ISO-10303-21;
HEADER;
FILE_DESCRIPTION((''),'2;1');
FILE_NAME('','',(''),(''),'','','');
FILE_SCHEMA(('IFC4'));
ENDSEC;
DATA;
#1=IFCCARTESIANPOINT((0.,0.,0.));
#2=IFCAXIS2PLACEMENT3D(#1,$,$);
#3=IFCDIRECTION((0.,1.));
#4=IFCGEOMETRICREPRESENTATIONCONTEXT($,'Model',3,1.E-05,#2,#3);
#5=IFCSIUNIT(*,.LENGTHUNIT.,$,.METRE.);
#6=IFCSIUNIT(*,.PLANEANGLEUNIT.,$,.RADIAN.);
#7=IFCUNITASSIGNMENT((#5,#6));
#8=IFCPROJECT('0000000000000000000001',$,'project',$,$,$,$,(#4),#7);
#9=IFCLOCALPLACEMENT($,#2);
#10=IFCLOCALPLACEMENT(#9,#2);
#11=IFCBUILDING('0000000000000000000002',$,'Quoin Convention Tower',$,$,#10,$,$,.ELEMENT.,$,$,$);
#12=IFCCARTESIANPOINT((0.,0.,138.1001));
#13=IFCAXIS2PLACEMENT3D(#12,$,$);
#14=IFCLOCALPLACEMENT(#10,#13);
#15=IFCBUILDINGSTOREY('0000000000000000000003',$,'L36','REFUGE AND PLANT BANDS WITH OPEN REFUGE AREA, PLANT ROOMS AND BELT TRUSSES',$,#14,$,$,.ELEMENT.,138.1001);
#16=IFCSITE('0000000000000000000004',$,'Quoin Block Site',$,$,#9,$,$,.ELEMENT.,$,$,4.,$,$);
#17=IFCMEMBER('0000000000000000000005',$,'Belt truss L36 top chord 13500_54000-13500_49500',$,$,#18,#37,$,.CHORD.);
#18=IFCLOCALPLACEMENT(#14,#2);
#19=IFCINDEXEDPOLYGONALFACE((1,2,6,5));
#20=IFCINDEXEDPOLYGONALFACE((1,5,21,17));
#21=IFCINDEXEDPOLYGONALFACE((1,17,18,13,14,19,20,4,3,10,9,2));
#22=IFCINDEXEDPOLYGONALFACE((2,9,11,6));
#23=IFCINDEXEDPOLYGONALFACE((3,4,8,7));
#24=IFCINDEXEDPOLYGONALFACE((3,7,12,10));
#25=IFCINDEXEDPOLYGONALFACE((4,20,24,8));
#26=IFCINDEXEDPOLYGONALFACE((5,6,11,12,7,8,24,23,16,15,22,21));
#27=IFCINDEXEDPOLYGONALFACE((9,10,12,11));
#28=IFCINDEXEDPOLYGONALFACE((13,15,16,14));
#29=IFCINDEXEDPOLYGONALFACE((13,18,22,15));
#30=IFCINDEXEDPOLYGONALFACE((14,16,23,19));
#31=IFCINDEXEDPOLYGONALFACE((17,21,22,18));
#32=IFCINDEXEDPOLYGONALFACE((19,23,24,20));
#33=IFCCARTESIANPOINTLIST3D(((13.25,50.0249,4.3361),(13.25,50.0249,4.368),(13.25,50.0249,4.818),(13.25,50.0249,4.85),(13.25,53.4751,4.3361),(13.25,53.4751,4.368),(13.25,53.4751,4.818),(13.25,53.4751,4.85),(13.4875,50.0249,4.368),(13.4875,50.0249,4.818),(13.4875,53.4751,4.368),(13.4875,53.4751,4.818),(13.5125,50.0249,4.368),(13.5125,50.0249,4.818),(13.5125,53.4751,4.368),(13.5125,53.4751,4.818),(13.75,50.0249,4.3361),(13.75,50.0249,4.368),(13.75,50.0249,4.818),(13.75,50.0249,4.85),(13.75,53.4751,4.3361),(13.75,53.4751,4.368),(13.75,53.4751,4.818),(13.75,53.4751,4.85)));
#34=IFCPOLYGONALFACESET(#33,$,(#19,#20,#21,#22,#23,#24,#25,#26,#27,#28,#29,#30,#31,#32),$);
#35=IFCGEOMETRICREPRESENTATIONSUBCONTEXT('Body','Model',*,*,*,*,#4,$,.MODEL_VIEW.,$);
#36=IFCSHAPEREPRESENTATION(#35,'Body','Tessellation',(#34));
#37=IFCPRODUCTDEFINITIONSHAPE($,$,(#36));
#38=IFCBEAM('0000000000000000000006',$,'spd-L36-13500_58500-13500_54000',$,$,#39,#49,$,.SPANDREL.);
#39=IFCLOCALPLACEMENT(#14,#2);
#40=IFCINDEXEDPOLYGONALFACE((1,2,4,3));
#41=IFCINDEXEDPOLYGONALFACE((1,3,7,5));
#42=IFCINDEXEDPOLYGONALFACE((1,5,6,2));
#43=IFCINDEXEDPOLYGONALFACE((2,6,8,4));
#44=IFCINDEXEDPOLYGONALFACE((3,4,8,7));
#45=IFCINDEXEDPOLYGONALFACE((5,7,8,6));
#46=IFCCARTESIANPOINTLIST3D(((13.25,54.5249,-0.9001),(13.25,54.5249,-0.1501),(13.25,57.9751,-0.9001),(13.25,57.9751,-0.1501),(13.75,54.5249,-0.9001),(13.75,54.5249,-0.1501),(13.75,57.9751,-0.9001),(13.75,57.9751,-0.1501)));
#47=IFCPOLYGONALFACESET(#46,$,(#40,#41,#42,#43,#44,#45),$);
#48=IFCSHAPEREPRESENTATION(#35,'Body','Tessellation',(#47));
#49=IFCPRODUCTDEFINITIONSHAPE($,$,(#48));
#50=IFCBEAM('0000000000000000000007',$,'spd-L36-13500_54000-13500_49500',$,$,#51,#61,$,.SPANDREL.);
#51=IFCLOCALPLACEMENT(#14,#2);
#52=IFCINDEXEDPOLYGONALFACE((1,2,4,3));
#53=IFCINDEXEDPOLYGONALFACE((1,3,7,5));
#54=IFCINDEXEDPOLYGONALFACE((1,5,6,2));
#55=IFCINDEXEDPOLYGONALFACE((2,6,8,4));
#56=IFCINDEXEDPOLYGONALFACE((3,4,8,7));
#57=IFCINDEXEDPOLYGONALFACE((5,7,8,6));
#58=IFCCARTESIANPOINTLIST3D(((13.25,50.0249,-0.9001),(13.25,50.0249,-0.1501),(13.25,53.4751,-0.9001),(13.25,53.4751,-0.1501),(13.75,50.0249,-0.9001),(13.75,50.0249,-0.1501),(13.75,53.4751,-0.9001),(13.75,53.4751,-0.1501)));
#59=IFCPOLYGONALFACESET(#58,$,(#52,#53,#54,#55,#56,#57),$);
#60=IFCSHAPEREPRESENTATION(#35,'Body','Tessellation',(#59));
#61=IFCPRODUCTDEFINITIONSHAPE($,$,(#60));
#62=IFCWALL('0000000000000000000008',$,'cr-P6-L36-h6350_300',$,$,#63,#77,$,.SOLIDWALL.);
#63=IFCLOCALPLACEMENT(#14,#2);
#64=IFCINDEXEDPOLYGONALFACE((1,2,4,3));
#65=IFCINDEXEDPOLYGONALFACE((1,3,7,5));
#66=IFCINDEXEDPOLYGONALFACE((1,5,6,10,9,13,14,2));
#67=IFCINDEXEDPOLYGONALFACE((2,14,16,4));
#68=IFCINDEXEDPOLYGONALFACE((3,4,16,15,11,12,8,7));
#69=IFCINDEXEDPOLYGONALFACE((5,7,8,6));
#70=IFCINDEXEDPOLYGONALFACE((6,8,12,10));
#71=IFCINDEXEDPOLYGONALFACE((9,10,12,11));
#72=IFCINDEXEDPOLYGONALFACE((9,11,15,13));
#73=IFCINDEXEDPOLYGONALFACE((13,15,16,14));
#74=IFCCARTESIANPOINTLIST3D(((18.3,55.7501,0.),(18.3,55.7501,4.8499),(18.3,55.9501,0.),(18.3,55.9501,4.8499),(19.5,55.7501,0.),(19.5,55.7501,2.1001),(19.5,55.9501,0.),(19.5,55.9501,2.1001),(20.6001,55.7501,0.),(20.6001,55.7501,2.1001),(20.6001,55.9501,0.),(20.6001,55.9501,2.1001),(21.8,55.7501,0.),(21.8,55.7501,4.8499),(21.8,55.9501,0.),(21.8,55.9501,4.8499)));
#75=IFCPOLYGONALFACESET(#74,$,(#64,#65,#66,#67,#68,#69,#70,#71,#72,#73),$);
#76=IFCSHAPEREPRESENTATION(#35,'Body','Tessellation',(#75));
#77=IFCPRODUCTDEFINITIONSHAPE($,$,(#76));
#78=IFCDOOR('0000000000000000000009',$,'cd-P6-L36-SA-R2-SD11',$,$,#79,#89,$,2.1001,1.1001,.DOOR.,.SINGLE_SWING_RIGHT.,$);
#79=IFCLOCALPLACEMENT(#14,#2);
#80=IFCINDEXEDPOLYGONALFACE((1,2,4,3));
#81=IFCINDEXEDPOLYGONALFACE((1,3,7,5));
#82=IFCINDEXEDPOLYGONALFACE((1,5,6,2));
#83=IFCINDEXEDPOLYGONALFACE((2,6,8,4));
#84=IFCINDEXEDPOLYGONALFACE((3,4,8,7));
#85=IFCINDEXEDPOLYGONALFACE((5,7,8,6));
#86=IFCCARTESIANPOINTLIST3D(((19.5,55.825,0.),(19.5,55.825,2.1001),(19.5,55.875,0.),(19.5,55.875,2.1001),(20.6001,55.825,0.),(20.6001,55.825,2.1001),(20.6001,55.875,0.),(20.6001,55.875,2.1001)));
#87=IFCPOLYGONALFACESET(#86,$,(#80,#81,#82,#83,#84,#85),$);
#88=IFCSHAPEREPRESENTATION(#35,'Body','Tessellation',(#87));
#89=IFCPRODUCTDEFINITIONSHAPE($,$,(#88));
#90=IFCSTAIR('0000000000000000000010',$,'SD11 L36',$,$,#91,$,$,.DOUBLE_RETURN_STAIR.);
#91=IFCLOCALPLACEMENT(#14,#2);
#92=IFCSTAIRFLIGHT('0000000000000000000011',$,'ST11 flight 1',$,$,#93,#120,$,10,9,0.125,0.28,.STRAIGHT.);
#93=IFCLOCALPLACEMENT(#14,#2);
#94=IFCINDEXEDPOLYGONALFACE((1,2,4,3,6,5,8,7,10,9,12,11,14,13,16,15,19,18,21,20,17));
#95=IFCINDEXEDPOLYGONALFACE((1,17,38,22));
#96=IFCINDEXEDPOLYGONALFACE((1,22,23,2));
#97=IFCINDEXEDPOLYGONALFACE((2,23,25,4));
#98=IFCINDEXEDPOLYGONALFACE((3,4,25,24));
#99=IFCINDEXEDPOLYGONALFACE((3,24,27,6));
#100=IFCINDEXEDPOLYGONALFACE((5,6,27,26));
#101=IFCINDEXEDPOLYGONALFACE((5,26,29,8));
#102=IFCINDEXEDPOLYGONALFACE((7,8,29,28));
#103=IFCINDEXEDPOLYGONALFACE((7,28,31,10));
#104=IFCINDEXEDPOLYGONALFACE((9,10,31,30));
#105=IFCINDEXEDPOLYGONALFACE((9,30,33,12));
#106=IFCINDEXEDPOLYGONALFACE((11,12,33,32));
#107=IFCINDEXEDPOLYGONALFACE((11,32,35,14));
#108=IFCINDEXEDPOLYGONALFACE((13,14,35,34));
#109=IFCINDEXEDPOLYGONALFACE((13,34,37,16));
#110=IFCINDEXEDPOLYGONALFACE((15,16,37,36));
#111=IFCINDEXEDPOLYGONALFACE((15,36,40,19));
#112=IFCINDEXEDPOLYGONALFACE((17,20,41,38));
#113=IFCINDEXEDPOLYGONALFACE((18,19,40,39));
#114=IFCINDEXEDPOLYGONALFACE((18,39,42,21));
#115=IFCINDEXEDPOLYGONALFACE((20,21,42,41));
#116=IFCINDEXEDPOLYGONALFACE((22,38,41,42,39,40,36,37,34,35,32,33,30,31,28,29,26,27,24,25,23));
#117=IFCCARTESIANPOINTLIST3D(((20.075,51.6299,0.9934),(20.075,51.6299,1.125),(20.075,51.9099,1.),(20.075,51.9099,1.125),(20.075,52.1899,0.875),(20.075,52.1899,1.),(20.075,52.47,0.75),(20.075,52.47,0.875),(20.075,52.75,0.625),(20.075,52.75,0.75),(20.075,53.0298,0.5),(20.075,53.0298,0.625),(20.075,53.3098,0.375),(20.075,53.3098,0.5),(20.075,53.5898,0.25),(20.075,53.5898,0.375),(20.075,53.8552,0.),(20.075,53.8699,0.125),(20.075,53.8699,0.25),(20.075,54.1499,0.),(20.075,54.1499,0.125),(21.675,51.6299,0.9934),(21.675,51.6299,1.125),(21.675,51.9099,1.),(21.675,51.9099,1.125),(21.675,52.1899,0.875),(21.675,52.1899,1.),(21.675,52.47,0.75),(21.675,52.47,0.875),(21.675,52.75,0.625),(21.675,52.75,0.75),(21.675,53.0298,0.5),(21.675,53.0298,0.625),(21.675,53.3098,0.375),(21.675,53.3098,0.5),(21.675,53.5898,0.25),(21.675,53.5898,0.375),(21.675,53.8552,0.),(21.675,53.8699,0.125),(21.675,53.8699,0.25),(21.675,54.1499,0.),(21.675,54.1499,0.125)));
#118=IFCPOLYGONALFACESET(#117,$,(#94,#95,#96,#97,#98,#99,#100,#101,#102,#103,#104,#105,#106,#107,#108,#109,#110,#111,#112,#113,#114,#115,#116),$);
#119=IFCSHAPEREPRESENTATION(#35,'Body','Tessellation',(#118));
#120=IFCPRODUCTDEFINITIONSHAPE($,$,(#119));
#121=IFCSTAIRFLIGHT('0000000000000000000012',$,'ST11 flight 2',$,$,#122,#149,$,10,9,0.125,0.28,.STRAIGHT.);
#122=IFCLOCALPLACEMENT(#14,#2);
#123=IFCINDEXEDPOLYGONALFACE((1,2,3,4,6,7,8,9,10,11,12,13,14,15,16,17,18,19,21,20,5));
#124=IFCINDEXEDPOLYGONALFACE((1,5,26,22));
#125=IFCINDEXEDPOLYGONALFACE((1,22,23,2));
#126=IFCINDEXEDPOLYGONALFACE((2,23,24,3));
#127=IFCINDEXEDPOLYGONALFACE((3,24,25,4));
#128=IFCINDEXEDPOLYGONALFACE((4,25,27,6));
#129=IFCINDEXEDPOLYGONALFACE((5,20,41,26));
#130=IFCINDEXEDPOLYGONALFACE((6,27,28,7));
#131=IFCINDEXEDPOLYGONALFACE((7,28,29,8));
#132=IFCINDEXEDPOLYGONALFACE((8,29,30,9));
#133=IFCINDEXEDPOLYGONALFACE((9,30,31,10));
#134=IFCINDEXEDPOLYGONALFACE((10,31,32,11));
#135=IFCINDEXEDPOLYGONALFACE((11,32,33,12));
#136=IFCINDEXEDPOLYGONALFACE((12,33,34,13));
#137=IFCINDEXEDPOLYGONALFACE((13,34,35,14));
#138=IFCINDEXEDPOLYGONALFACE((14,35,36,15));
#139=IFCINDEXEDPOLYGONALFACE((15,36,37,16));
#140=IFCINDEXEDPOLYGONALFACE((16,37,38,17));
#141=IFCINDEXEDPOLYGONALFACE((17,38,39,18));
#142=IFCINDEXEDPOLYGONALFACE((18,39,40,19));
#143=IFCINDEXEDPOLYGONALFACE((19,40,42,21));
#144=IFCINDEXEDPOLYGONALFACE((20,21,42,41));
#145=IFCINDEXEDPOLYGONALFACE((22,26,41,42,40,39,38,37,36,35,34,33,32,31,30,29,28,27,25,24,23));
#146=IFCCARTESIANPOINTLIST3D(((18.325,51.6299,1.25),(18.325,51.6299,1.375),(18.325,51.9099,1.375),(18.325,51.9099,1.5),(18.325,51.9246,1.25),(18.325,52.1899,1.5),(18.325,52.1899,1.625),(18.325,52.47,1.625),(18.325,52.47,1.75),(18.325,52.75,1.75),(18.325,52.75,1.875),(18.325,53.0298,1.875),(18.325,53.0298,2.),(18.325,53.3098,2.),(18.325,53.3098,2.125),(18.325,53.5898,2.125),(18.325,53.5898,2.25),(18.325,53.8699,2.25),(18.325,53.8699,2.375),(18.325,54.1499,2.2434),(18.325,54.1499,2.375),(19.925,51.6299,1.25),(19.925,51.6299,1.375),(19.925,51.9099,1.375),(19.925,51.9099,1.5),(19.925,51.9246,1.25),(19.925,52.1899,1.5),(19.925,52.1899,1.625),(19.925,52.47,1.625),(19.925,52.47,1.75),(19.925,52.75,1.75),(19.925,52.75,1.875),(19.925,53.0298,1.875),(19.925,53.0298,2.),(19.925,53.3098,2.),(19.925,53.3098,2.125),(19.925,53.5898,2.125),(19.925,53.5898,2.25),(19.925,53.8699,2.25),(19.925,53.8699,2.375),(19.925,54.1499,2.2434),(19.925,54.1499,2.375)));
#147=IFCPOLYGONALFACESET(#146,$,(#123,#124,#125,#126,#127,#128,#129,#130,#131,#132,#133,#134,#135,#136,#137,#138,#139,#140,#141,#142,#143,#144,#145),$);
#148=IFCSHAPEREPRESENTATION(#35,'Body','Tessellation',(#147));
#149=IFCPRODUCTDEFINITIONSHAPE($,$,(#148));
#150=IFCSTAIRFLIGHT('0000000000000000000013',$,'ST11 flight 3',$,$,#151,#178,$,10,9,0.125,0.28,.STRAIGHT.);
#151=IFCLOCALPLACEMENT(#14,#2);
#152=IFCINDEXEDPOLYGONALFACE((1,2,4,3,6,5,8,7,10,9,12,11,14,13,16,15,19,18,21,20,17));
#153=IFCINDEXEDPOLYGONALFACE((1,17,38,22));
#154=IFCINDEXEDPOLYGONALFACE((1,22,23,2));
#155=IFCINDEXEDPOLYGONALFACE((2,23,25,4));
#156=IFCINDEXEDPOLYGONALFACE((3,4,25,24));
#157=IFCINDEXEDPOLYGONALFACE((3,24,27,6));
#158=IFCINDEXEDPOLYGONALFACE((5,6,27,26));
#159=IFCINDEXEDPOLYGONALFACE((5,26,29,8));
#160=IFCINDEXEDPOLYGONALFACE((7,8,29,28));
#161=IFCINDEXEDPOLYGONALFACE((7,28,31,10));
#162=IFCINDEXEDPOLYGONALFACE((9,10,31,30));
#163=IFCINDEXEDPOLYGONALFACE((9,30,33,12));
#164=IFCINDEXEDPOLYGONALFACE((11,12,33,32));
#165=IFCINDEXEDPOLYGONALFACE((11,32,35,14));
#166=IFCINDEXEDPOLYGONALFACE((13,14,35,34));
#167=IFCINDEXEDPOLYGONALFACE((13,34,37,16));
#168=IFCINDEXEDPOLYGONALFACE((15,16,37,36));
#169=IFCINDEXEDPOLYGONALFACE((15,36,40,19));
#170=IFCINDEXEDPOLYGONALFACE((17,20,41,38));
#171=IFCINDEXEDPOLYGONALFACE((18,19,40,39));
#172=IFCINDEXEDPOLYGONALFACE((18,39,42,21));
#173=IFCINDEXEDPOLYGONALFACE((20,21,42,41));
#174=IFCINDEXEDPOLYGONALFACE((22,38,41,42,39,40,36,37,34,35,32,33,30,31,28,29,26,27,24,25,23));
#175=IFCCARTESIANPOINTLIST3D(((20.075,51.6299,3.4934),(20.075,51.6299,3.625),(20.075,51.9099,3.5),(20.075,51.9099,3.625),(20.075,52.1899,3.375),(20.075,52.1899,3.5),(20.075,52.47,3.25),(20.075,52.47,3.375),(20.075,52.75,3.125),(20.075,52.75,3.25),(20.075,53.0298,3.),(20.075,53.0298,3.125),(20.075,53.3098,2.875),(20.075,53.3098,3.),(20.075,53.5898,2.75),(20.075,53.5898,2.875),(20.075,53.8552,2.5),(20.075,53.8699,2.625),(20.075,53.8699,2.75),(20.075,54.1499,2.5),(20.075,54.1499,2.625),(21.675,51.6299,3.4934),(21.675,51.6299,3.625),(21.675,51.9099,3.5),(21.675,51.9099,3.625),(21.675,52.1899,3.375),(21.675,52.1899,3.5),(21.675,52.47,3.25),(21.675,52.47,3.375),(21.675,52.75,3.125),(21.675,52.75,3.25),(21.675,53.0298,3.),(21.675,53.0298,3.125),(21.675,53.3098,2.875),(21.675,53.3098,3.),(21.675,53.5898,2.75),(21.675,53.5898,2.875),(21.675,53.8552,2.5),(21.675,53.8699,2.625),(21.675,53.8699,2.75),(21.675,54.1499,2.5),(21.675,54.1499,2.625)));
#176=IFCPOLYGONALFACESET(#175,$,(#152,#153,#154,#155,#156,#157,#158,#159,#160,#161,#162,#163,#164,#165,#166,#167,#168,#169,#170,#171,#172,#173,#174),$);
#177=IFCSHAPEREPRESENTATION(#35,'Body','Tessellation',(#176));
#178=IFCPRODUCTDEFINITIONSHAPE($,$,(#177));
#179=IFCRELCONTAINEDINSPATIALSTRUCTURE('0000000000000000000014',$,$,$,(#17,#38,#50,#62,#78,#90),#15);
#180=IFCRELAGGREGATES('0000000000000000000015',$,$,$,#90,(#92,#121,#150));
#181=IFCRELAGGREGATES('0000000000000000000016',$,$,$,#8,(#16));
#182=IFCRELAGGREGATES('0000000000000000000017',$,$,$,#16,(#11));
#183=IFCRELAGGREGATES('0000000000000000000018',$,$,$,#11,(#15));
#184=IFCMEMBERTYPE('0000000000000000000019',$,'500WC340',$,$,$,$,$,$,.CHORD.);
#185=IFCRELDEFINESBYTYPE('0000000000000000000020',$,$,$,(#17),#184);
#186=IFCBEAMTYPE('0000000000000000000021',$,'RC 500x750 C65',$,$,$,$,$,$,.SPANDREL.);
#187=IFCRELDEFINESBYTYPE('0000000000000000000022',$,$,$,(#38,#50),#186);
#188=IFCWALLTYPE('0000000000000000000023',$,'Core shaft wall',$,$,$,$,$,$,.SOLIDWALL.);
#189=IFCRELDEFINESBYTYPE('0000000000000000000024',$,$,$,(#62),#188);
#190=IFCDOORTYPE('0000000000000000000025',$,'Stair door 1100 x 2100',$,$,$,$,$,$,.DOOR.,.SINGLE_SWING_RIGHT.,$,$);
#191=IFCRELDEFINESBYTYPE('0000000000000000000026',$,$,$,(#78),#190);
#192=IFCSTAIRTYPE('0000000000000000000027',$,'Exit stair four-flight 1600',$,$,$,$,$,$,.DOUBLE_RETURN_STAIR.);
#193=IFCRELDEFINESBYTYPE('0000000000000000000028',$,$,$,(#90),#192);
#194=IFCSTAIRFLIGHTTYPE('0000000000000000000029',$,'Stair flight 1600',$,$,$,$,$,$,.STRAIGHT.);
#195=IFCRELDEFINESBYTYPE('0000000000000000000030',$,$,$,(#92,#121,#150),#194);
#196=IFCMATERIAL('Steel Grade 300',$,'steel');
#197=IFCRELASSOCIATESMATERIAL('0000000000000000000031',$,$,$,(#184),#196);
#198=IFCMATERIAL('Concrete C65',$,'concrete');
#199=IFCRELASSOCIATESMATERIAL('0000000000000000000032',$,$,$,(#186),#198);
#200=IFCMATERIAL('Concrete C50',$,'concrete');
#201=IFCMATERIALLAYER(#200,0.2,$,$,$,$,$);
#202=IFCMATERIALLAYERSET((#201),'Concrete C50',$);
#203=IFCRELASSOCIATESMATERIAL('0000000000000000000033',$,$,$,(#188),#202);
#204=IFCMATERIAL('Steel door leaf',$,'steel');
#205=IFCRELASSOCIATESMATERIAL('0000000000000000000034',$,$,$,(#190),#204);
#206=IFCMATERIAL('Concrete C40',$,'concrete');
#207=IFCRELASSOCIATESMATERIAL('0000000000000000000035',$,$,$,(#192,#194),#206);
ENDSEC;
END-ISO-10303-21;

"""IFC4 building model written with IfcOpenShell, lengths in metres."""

from ifc_helpers import new_model, si_unit, direction, frame, frame_2d, origin, origin_2d, place, context, subcontext, project, spatial, polyline, rectangle, i_section, outline, extrude, material, layer, layer_set, material_profile, profile_set, type_object, element, fill, aggregate, save


model = new_model("IFC4")

# Units and contexts
model_context = context("Model", 3, precision=1e-05, world=origin(), true_north=direction((0.0, 1.0)))
body_context = subcontext(model_context, "Body", "Model", "MODEL_VIEW")
ifc_project = project(units=[si_unit("LENGTHUNIT", "METRE"), si_unit("PLANEANGLEUNIT", "RADIAN")], contexts=[model_context])

# Site, building, storey
site_placement = place(None, origin())
site = spatial("IfcSite", under=ifc_project, at=site_placement, Name="Quoin Block Site", CompositionType="ELEMENT", RefElevation=4.0)
building_placement = place(site_placement, origin())
building = spatial("IfcBuilding", under=site, at=building_placement, Name="Quoin Convention Tower", CompositionType="ELEMENT")
storey_placement = place(building_placement, frame((0.0, 0.0, 138.1001)))
storey = spatial("IfcBuildingStorey", under=building, at=storey_placement, Name="L36", Description="REFUGE AND PLANT BANDS WITH OPEN REFUGE AREA, PLANT ROOMS AND BELT TRUSSES", CompositionType="ELEMENT", Elevation=138.1001)

# Shared definitions
ifc_material_1 = material(Name="Concrete C65", Category="concrete")

# Shared definitions
ifc_material_2 = material(Name="Steel Grade 300", Category="steel")

# Member
ifc_material_profile_1 = material_profile(ifc_material_2, i_section(OverallWidth=0.5, OverallDepth=0.5139, WebThickness=0.0249, FlangeThickness=0.032, at=origin_2d()), Name="500WC340")
ifc_profile_set_1 = profile_set([ifc_material_profile_1], Name="Steel Grade 300")
member_type_1 = type_object("IfcMemberType", Name="500WC340", PredefinedType="CHORD", material=ifc_profile_set_1)
for number, where, z_axis, x_axis, name in (
    (1, (13.5, 53.4751, 4.593), (0.0, -1.0, 0.0), (1.0, 0.0, 0.0), "Belt truss L36 top chord 13500_54000-13500_49500"),
):
    element("IfcMember", number, at=place(storey_placement, frame(where, z_axis=z_axis, x_axis=x_axis)), inside=storey, type_object=member_type_1, Name=name, PredefinedType="CHORD", context=body_context, shape_type="SweptSolid", body=[
        extrude(i_section(OverallWidth=0.5, OverallDepth=0.5139, WebThickness=0.0249, FlangeThickness=0.032, at=origin_2d()), origin(), (0.0, 0.0, 1.0), 3.4502),
    ])

# Beams
ifc_material_profile_2 = material_profile(ifc_material_1, rectangle(XDim=0.5, YDim=0.75, at=origin_2d()), Name="RC 500x750")
ifc_profile_set_2 = profile_set([ifc_material_profile_2], Name="Concrete C65")
beam_type_1 = type_object("IfcBeamType", Name="RC 500x750 C65", PredefinedType="SPANDREL", material=ifc_profile_set_2)
for number, where, z_axis, x_axis, name in (
    (2, (13.5, 57.9751, -0.5251), (0.0, -1.0, 0.0), (1.0, 0.0, 0.0), "spd-L36-13500_58500-13500_54000"),
    (3, (13.5, 53.4751, -0.5251), (0.0, -1.0, 0.0), (1.0, 0.0, 0.0), "spd-L36-13500_54000-13500_49500"),
):
    element("IfcBeam", number, at=place(storey_placement, frame(where, z_axis=z_axis, x_axis=x_axis)), inside=storey, type_object=beam_type_1, Name=name, PredefinedType="SPANDREL", context=body_context, shape_type="SweptSolid", body=[
        extrude(rectangle(XDim=0.5, YDim=0.75, at=origin_2d()), origin(), (0.0, 0.0, 1.0), 3.4502),
    ])

# Wall, opening, door
ifc_material_3 = material(Name="Concrete C50", Category="concrete")
ifc_layer = layer(ifc_material_3, 0.2)
ifc_layer_set = layer_set([ifc_layer], Name="Concrete C50")
wall_type = type_object("IfcWallType", Name="Core shaft wall", PredefinedType="SOLIDWALL", material=ifc_layer_set)
wall_placement = place(storey_placement, frame((18.3, 55.8501, 0.0), z_axis=(0.0, 0.0, 1.0), x_axis=(1.0, 0.0, 0.0)))
wall = element("IfcWall", 4, at=wall_placement, inside=storey, type_object=wall_type, Name="cr-P6-L36-h6350_300", PredefinedType="SOLIDWALL", context=body_context, shape_type="SweptSolid", body=[
    extrude(rectangle(XDim=3.5, YDim=0.2, at=frame_2d((1.75, 0.0))), origin(), (0.0, 0.0, 1.0), 4.8499),
])
opening_placement = place(wall_placement, frame((1.2, 0.0, 0.0)))
opening = element("IfcOpeningElement", 5, at=opening_placement, cuts=wall, PredefinedType="OPENING", context=body_context, shape_type="SweptSolid", body=[
    extrude(rectangle(XDim=1.1001, YDim=2.1001, at=frame_2d((0.55, 1.05))), frame((0.0, 0.1099, 0.0), z_axis=(0.0, -1.0, 0.0), x_axis=(1.0, 0.0, 0.0)), (0.0, 0.0, 1.0), 0.22),
])
ifc_material_4 = material(Name="Steel door leaf", Category="steel")
door_type = type_object("IfcDoorType", Name="Stair door 1100 x 2100", OperationType="SINGLE_SWING_RIGHT", PredefinedType="DOOR", material=ifc_material_4)
door_placement = place(opening_placement, origin())
door = element("IfcDoor", 6, at=door_placement, inside=storey, type_object=door_type, Name="cd-P6-L36-SA-R2-SD11", OperationType="SINGLE_SWING_RIGHT", OverallHeight=2.1001, OverallWidth=1.1001, PredefinedType="DOOR", context=body_context, shape_type="SweptSolid", body=[
    extrude(rectangle(XDim=1.1001, YDim=2.1001, at=frame_2d((0.55, 1.05))), frame((0.0, 0.0249, 0.0), z_axis=(0.0, -1.0, 0.0), x_axis=(1.0, 0.0, 0.0)), (0.0, 0.0, 1.0), 0.05),
])
fill(opening, door)

# Stair, stair flights
ifc_material_5 = material(Name="Concrete C40", Category="concrete")
stair_type = type_object("IfcStairType", Name="Exit stair four-flight 1600", PredefinedType="DOUBLE_RETURN_STAIR", material=ifc_material_5)
stair_placement = place(storey_placement, origin())
stair = element("IfcStair", 7, at=stair_placement, inside=storey, type_object=stair_type, Name="SD11 L36", PredefinedType="DOUBLE_RETURN_STAIR")
stair_flight_type = type_object("IfcStairFlightType", Name="Stair flight 1600", PredefinedType="STRAIGHT", material=ifc_material_5)
stair_flight_1_placement = place(storey_placement, frame((20.875, 54.1499, 0.0), z_axis=(0.0, 0.0, 1.0), x_axis=(0.0, -1.0, 0.0)))
stair_flight_1 = element("IfcStairFlight", 8, at=stair_flight_1_placement, type_object=stair_flight_type, Name="ST11 flight 1", NumberOfRisers=10, NumberOfTreads=9, PredefinedType="STRAIGHT", RiserHeight=0.125, TreadLength=0.28, context=body_context, shape_type="SweptSolid", body=[
    extrude(outline(polyline([(0.0, 0.0), (0.0, 0.125), (0.28, 0.125), (0.28, 0.25), (0.5601, 0.25), (0.5601, 0.375), (0.8401, 0.375), (0.8401, 0.5), (1.1201, 0.5), (1.1201, 0.625), (1.3999, 0.625), (1.3999, 0.75), (1.6799, 0.75), (1.6799, 0.875), (1.96, 0.875), (1.96, 1.0), (2.24, 1.0), (2.24, 1.125), (2.52, 1.125), (2.52, 1.25), (2.52, 0.9934), (0.2947, 0.0), (0.0, 0.0)])), frame((0.0, 0.8, 0.0), z_axis=(0.0, -1.0, 0.0), x_axis=(1.0, 0.0, 0.0)), (0.0, 0.0, 1.0), 1.6001),
])
stair_flight_2_placement = place(storey_placement, frame((19.125, 51.6299, 1.25), z_axis=(0.0, 0.0, 1.0), x_axis=(0.0, 1.0, 0.0)))
stair_flight_2 = element("IfcStairFlight", 9, at=stair_flight_2_placement, type_object=stair_flight_type, Name="ST11 flight 2", NumberOfRisers=10, NumberOfTreads=9, PredefinedType="STRAIGHT", RiserHeight=0.125, TreadLength=0.28, context=body_context, shape_type="SweptSolid", body=[
    extrude(outline(polyline([(0.0, 0.0), (0.0, 0.125), (0.28, 0.125), (0.28, 0.25), (0.5601, 0.25), (0.5601, 0.375), (0.8401, 0.375), (0.8401, 0.5), (1.1201, 0.5), (1.1201, 0.625), (1.3999, 0.625), (1.3999, 0.75), (1.6799, 0.75), (1.6799, 0.875), (1.96, 0.875), (1.96, 1.0), (2.24, 1.0), (2.24, 1.125), (2.52, 1.125), (2.52, 1.25), (2.52, 0.9934), (0.2947, 0.0), (0.0, 0.0)])), frame((0.0, 0.8, 0.0), z_axis=(0.0, -1.0, 0.0), x_axis=(1.0, 0.0, 0.0)), (0.0, 0.0, 1.0), 1.6001),
])
stair_flight_3_placement = place(storey_placement, frame((20.875, 54.1499, 2.5), z_axis=(0.0, 0.0, 1.0), x_axis=(0.0, -1.0, 0.0)))
stair_flight_3 = element("IfcStairFlight", 10, at=stair_flight_3_placement, type_object=stair_flight_type, Name="ST11 flight 3", NumberOfRisers=10, NumberOfTreads=9, PredefinedType="STRAIGHT", RiserHeight=0.125, TreadLength=0.28, context=body_context, shape_type="SweptSolid", body=[
    extrude(outline(polyline([(0.0, 0.0), (0.0, 0.125), (0.28, 0.125), (0.28, 0.25), (0.5601, 0.25), (0.5601, 0.375), (0.8401, 0.375), (0.8401, 0.5), (1.1201, 0.5), (1.1201, 0.625), (1.3999, 0.625), (1.3999, 0.75), (1.6799, 0.75), (1.6799, 0.875), (1.96, 0.875), (1.96, 1.0), (2.24, 1.0), (2.24, 1.125), (2.52, 1.125), (2.52, 1.25), (2.52, 0.9934), (0.2947, 0.0), (0.0, 0.0)])), frame((0.0, 0.8, 0.0), z_axis=(0.0, -1.0, 0.0), x_axis=(1.0, 0.0, 0.0)), (0.0, 0.0, 1.0), 1.6001),
])
aggregate(stair, [stair_flight_1, stair_flight_2, stair_flight_3])

save(model, "model.ifc")
